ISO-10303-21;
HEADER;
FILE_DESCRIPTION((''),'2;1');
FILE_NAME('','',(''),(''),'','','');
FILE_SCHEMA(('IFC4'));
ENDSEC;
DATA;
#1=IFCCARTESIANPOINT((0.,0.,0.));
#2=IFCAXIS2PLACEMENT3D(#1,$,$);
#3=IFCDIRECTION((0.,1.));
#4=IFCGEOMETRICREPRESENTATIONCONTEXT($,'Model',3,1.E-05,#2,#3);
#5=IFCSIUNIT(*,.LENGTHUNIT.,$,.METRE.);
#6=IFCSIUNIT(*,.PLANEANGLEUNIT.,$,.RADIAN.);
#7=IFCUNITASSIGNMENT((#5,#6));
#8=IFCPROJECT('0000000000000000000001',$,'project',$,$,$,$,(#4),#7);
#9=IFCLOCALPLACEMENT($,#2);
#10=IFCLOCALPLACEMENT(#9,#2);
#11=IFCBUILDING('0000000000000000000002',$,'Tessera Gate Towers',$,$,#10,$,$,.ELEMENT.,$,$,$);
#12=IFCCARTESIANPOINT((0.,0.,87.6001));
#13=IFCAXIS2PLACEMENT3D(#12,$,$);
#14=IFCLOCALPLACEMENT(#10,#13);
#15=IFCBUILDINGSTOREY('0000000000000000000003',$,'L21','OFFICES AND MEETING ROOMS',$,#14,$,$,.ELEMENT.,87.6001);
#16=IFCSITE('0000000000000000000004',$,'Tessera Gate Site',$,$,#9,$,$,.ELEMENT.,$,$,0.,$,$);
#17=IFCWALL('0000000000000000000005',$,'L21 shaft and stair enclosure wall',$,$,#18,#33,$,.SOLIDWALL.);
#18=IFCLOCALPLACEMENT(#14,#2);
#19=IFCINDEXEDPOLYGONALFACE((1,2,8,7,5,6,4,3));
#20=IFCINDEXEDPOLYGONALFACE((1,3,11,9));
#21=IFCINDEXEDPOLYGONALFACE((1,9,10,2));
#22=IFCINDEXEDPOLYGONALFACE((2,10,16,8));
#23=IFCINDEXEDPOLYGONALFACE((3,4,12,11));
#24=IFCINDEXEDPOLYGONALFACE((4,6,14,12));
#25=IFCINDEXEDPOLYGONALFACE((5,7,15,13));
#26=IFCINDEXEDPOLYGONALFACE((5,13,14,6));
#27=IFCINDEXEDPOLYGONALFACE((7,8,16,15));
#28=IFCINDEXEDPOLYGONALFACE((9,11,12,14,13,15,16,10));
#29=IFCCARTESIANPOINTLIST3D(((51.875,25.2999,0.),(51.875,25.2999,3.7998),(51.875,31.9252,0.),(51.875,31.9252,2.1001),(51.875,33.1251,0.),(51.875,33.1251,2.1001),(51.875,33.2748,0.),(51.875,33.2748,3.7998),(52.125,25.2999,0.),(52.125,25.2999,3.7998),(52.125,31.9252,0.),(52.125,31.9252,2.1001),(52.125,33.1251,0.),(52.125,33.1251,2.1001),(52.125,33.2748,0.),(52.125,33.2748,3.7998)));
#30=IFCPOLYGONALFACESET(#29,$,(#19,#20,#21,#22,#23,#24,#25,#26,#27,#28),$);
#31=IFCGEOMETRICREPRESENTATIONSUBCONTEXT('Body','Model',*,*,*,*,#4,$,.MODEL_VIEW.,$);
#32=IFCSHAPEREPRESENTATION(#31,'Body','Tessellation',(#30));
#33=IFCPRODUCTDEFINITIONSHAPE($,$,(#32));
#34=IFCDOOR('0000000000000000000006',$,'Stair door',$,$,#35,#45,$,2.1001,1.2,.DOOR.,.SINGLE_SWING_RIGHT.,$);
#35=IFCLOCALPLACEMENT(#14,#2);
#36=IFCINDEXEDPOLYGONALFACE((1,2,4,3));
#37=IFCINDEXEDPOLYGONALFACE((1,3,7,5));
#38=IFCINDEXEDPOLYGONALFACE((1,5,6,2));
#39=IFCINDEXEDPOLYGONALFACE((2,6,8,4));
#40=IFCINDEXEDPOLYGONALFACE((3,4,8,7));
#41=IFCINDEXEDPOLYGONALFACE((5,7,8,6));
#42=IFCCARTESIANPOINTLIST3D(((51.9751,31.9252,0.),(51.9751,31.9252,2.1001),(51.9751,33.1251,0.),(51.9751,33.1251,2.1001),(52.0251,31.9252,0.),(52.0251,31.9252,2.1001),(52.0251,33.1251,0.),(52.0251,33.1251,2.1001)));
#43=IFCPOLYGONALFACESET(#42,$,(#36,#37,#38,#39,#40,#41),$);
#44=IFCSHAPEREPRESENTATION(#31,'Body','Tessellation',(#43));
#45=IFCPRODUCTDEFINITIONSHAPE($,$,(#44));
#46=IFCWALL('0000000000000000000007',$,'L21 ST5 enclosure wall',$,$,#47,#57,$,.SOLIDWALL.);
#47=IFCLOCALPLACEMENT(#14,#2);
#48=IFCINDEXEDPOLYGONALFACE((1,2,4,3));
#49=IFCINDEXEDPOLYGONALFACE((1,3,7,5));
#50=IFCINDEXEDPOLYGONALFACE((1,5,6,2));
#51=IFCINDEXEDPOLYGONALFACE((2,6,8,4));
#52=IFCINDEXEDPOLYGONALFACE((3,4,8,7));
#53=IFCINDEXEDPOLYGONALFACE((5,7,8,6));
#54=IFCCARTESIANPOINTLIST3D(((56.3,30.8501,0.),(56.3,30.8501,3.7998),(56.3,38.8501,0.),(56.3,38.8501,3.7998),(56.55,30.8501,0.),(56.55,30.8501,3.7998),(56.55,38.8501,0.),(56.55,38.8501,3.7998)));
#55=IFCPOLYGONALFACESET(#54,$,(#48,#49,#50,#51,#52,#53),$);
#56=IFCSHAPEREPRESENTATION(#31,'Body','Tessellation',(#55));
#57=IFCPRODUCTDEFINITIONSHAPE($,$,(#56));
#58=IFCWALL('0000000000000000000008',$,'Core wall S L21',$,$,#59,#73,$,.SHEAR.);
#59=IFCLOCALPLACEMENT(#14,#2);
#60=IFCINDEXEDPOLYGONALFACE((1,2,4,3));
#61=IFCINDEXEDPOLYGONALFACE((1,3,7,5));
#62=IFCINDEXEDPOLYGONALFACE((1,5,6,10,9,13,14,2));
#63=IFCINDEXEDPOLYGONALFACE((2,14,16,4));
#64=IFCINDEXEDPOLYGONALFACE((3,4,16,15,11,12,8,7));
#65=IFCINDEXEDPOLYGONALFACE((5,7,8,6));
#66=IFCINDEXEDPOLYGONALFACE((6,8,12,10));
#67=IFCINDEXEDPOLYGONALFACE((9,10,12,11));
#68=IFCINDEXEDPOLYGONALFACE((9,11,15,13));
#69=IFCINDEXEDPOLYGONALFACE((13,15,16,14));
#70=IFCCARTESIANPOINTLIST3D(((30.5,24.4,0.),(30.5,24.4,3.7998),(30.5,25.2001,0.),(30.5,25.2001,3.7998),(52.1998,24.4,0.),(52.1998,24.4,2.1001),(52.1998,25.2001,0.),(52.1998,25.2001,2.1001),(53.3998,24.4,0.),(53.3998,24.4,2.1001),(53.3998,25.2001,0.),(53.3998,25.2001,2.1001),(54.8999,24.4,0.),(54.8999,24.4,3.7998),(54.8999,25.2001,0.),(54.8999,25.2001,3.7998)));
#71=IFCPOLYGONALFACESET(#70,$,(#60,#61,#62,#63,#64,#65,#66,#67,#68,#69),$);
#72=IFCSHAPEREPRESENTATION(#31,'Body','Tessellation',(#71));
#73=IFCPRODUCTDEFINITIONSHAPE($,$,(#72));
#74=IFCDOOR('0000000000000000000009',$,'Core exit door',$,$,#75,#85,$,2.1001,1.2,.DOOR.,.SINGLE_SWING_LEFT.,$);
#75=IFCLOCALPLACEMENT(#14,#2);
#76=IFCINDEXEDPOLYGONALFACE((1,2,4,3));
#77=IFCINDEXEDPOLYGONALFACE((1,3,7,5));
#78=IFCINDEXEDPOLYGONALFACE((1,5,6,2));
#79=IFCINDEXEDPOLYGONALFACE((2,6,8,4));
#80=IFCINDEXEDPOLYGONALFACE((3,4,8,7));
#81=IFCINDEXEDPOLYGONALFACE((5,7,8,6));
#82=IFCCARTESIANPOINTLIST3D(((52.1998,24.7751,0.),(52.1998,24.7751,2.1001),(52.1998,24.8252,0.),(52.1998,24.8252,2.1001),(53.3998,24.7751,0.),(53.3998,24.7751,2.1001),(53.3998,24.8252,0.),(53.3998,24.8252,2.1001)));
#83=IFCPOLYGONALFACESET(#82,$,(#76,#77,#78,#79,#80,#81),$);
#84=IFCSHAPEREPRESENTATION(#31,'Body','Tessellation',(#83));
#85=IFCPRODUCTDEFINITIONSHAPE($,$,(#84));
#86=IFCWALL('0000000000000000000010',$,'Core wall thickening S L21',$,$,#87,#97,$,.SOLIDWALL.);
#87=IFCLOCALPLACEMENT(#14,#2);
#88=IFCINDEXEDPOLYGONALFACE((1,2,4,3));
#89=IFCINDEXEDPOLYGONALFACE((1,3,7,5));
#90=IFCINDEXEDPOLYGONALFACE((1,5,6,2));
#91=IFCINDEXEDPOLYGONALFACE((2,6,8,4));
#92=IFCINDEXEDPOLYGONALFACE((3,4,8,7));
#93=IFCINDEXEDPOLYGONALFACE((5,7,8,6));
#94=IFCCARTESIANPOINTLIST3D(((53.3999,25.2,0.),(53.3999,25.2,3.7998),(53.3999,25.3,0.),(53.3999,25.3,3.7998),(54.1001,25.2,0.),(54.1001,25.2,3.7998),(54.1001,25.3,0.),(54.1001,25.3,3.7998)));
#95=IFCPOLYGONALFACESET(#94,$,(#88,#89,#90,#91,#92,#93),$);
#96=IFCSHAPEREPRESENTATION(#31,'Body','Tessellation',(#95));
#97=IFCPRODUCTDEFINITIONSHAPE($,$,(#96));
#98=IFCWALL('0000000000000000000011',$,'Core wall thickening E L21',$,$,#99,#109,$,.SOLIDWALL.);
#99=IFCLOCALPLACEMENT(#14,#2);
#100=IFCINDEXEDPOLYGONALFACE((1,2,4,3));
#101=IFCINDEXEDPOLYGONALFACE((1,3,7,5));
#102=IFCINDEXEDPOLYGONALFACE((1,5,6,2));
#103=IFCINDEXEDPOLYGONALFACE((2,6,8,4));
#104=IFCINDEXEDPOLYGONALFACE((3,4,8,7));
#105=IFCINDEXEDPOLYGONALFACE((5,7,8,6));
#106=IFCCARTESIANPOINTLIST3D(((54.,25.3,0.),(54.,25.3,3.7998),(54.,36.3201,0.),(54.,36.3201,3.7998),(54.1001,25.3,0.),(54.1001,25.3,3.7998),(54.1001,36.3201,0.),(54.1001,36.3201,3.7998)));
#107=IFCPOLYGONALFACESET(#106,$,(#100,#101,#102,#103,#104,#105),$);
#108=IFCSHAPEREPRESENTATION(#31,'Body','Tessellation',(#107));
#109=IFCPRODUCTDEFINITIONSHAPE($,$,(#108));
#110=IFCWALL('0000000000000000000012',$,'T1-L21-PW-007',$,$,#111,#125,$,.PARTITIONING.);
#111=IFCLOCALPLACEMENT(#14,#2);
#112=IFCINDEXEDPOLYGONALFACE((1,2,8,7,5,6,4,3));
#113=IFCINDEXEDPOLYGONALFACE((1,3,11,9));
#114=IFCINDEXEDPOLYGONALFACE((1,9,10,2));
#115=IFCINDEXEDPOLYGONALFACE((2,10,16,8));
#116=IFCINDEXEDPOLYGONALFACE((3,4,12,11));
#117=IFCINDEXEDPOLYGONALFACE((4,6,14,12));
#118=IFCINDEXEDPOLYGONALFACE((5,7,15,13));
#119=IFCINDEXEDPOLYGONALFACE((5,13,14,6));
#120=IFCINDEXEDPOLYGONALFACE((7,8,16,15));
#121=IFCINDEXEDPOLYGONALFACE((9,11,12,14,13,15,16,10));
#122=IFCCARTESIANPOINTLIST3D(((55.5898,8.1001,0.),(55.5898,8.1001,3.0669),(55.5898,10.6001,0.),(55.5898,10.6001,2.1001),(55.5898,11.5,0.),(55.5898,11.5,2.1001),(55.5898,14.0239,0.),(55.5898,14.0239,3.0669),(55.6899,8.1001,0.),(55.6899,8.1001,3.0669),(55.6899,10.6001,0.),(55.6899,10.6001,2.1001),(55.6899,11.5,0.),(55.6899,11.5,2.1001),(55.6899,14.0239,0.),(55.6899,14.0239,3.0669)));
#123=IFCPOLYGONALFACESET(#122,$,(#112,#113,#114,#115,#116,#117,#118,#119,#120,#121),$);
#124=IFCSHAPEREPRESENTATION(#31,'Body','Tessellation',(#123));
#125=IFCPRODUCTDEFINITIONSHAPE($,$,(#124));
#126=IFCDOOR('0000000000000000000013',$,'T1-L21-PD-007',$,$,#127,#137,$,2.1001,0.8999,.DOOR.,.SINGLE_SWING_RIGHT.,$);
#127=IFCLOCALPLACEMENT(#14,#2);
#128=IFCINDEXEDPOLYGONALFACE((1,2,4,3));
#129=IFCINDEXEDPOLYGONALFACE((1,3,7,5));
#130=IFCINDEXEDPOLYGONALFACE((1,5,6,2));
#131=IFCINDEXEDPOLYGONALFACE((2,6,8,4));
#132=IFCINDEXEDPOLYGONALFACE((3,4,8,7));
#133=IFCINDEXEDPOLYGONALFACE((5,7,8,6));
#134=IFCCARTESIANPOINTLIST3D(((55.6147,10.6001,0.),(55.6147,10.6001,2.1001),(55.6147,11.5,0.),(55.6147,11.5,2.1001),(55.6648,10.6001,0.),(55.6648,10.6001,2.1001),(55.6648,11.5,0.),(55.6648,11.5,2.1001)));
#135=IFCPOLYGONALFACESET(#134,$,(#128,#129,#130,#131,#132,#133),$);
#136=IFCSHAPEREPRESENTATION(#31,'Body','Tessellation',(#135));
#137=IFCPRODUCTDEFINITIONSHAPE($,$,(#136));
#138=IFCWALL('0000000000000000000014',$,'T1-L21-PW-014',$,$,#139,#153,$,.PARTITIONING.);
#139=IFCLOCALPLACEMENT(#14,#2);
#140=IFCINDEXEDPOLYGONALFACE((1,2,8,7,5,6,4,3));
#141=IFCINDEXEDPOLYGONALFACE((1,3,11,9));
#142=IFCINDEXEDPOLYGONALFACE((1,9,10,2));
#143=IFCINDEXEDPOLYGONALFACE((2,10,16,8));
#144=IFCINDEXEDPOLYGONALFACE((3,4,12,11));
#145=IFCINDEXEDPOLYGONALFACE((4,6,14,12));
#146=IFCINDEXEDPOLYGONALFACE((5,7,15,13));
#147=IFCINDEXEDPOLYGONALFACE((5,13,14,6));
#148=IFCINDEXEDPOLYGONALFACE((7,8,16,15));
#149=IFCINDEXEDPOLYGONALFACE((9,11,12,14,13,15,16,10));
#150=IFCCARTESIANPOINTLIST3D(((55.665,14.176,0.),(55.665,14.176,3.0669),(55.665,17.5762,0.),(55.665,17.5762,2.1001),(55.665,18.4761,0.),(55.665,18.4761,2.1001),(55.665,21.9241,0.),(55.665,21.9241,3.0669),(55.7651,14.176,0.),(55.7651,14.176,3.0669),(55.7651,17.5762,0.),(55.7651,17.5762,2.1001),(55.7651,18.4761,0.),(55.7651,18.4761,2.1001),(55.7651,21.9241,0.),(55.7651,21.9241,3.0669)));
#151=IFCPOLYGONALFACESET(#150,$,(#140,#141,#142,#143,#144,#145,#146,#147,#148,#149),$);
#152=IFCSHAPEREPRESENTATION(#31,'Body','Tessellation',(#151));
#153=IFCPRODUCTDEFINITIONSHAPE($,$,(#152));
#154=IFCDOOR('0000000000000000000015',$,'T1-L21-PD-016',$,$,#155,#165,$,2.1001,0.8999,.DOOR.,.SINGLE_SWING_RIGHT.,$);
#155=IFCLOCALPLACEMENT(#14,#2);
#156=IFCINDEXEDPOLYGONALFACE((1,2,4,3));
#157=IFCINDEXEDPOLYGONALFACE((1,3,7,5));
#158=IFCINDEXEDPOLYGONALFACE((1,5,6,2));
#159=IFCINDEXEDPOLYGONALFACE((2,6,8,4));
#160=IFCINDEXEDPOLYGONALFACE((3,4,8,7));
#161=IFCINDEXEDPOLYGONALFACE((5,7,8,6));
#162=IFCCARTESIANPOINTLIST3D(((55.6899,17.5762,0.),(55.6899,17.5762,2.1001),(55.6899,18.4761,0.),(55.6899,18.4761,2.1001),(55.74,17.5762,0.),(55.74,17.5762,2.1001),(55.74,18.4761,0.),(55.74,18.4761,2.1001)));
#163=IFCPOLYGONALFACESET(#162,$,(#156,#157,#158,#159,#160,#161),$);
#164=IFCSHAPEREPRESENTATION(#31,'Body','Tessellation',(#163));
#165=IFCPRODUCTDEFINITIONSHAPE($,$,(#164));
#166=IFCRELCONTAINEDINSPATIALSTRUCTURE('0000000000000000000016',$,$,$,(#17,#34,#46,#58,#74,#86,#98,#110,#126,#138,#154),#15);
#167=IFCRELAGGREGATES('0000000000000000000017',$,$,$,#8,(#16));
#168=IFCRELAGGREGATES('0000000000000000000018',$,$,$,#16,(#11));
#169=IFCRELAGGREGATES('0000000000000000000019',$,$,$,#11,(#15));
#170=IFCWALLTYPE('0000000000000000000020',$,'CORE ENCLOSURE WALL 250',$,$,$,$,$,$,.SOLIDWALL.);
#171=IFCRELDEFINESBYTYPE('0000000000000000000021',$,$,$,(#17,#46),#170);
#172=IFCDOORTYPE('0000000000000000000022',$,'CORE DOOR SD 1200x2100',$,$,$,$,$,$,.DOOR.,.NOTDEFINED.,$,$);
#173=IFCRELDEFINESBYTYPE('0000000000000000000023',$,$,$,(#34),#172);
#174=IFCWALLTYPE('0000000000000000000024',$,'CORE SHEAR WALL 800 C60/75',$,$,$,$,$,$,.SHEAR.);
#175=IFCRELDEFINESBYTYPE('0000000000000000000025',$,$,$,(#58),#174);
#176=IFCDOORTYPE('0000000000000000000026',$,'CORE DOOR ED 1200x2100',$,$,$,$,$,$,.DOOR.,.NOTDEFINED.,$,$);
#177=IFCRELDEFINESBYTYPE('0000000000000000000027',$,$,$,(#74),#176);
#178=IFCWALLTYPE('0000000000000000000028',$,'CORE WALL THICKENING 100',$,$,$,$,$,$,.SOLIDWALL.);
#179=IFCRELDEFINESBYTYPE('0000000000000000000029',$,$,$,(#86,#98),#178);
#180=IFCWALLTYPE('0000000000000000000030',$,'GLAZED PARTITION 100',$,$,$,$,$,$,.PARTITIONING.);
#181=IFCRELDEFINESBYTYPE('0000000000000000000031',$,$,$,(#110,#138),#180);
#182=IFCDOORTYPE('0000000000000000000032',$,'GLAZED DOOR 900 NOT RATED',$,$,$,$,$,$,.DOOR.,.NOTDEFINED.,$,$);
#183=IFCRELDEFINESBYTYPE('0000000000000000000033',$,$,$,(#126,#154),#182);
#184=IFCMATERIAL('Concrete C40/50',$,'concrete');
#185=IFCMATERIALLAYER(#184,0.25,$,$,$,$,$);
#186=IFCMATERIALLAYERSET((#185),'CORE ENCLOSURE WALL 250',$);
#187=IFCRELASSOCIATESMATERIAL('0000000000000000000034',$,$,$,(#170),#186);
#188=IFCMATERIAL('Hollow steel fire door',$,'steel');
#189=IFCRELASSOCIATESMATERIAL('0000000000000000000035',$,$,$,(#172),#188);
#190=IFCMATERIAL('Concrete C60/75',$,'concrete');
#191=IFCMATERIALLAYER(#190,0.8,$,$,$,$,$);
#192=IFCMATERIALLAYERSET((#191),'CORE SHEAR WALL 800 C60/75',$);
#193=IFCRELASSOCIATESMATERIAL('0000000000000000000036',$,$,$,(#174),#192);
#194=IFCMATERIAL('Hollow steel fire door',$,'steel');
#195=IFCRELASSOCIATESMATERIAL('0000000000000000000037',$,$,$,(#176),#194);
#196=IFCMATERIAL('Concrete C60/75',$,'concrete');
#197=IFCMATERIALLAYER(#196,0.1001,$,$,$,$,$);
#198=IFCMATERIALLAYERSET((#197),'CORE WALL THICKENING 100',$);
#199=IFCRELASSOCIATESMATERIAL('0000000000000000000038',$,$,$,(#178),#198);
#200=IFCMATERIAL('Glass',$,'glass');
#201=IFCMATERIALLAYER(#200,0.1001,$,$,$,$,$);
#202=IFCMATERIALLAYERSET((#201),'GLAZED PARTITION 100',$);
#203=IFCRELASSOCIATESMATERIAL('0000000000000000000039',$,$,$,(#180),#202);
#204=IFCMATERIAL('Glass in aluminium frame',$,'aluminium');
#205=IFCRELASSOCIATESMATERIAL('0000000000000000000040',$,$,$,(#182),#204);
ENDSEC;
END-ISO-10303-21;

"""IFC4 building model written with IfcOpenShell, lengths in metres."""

from ifc_helpers import new_model, si_unit, direction, frame, frame_2d, origin, place, context, subcontext, project, spatial, rectangle, extrude, source, transform, mapped, material, layer, layer_set, type_object, element, fill, save


model = new_model("IFC4")

# Units and contexts
model_context = context("Model", 3, precision=1e-05, world=origin(), true_north=direction((0.0, 1.0)))
body_context = subcontext(model_context, "Body", "Model", "MODEL_VIEW")
ifc_project = project(units=[si_unit("LENGTHUNIT", "METRE"), si_unit("PLANEANGLEUNIT", "RADIAN")], contexts=[model_context])

# Site, building, storey
site_placement = place(None, origin())
site = spatial("IfcSite", under=ifc_project, at=site_placement, Name="Tessera Gate Site", CompositionType="ELEMENT", RefElevation=0.0)
building_placement = place(site_placement, origin())
building = spatial("IfcBuilding", under=site, at=building_placement, Name="Tessera Gate Towers", CompositionType="ELEMENT")
storey_placement = place(building_placement, frame((0.0, 0.0, 87.6001)))
storey = spatial("IfcBuildingStorey", under=building, at=storey_placement, Name="L21", Description="OFFICES AND MEETING ROOMS", CompositionType="ELEMENT", Elevation=87.6001)

# Wall, opening, door
ifc_material_1 = material(Name="Concrete C40/50", Category="concrete")
ifc_layer_1 = layer(ifc_material_1, 0.25)
ifc_layer_set_1 = layer_set([ifc_layer_1], Name="CORE ENCLOSURE WALL 250")
wall_type_1 = type_object("IfcWallType", Name="CORE ENCLOSURE WALL 250", PredefinedType="SOLIDWALL", material=ifc_layer_set_1)
wall_1_placement = place(storey_placement, frame((52.0, 25.3, 0.0), z_axis=(0.0, 0.0, 1.0), x_axis=(0.0, 1.0, 0.0)))
wall_1 = element("IfcWall", 1, at=wall_1_placement, inside=storey, type_object=wall_type_1, Name="L21 shaft and stair enclosure wall", PredefinedType="SOLIDWALL", context=body_context, shape_type="SweptSolid", body=[
    extrude(rectangle(XDim=7.9749, YDim=0.25, at=frame_2d((3.9873, 0.0))), origin(), (0.0, 0.0, 1.0), 3.7998),
])
shared_shape_1 = source(origin(), body_context, "Body", "SweptSolid", [
    extrude(rectangle(XDim=1.2, YDim=2.1001, at=frame_2d((0.6001, 1.05))), frame((0.0, 0.135, 0.0), z_axis=(0.0, -1.0, 0.0), x_axis=(1.0, 0.0, 0.0)), (0.0, 0.0, 1.0), 0.27),
])
opening_1_placement = place(wall_1_placement, frame((6.625, 0.0, 0.0)))
opening_1 = element("IfcOpeningElement", 2, at=opening_1_placement, cuts=wall_1, PredefinedType="OPENING", context=body_context, shape_type="MappedRepresentation", body=[
    mapped(shared_shape_1, transform((0.0, 0.0, 0.0), scale=1.0)),
])
ifc_material_2 = material(Name="Hollow steel fire door", Category="steel")
door_type_1 = type_object("IfcDoorType", Name="CORE DOOR SD 1200x2100", OperationType="NOTDEFINED", PredefinedType="DOOR", material=ifc_material_2)
shared_shape_2 = source(origin(), body_context, "Body", "SweptSolid", [
    extrude(rectangle(XDim=1.2, YDim=2.1001, at=frame_2d((0.6001, 1.05))), frame((0.0, 0.0249, 0.0), z_axis=(0.0, -1.0, 0.0), x_axis=(1.0, 0.0, 0.0)), (0.0, 0.0, 1.0), 0.05),
])
door_1_placement = place(opening_1_placement, origin())
door_1 = element("IfcDoor", 3, at=door_1_placement, inside=storey, type_object=door_type_1, Name="Stair door", OperationType="SINGLE_SWING_RIGHT", OverallHeight=2.1001, OverallWidth=1.2, PredefinedType="DOOR", context=body_context, shape_type="MappedRepresentation", body=[
    mapped(shared_shape_2, transform((0.0, 0.0, 0.0), scale=1.0)),
])
fill(opening_1, door_1)

# Wall
wall_2_placement = place(storey_placement, frame((56.425, 30.8501, 0.0), z_axis=(0.0, 0.0, 1.0), x_axis=(0.0, 1.0, 0.0)))
element("IfcWall", 4, at=wall_2_placement, inside=storey, type_object=wall_type_1, Name="L21 ST5 enclosure wall", PredefinedType="SOLIDWALL", context=body_context, shape_type="SweptSolid", body=[
    extrude(rectangle(XDim=8.0, YDim=0.25, at=frame_2d((4.0, 0.0))), origin(), (0.0, 0.0, 1.0), 3.7998),
])

# Wall, opening, door
ifc_material_3 = material(Name="Concrete C60/75", Category="concrete")
ifc_layer_2 = layer(ifc_material_3, 0.8)
ifc_layer_set_2 = layer_set([ifc_layer_2], Name="CORE SHEAR WALL 800 C60/75")
wall_type_2 = type_object("IfcWallType", Name="CORE SHEAR WALL 800 C60/75", PredefinedType="SHEAR", material=ifc_layer_set_2)
wall_3_placement = place(storey_placement, frame((54.8999, 24.8, 0.0), z_axis=(0.0, 0.0, 1.0), x_axis=(-1.0, 0.0, 0.0)))
wall_3 = element("IfcWall", 5, at=wall_3_placement, inside=storey, type_object=wall_type_2, Name="Core wall S L21", PredefinedType="SHEAR", context=body_context, shape_type="SweptSolid", body=[
    extrude(rectangle(XDim=24.3999, YDim=0.8, at=frame_2d((12.2, 0.0))), origin(), (0.0, 0.0, 1.0), 3.7998),
])
shared_shape_3 = source(origin(), body_context, "Body", "SweptSolid", [
    extrude(rectangle(XDim=1.2, YDim=2.1001, at=frame_2d((0.6001, 1.05))), frame((0.0, 0.4099, 0.0), z_axis=(0.0, -1.0, 0.0), x_axis=(1.0, 0.0, 0.0)), (0.0, 0.0, 1.0), 0.8201),
])
opening_2_placement = place(wall_3_placement, frame((1.5, 0.0, 0.0)))
opening_2 = element("IfcOpeningElement", 6, at=opening_2_placement, cuts=wall_3, PredefinedType="OPENING", context=body_context, shape_type="MappedRepresentation", body=[
    mapped(shared_shape_3, transform((0.0, 0.0, 0.0), scale=1.0)),
])
ifc_material_4 = material(Name="Hollow steel fire door", Category="steel")
door_type_2 = type_object("IfcDoorType", Name="CORE DOOR ED 1200x2100", OperationType="NOTDEFINED", PredefinedType="DOOR", material=ifc_material_4)
door_2_placement = place(opening_2_placement, origin())
door_2 = element("IfcDoor", 7, at=door_2_placement, inside=storey, type_object=door_type_2, Name="Core exit door", OperationType="SINGLE_SWING_LEFT", OverallHeight=2.1001, OverallWidth=1.2, PredefinedType="DOOR", context=body_context, shape_type="MappedRepresentation", body=[
    mapped(shared_shape_2, transform((0.0, 0.0, 0.0), scale=1.0)),
])
fill(opening_2, door_2)

# Walls
ifc_material_5 = material(Name="Concrete C60/75", Category="concrete")
ifc_layer_3 = layer(ifc_material_5, 0.1001)
ifc_layer_set_3 = layer_set([ifc_layer_3], Name="CORE WALL THICKENING 100")
wall_type_3 = type_object("IfcWallType", Name="CORE WALL THICKENING 100", PredefinedType="SOLIDWALL", material=ifc_layer_set_3)
wall_4_placement = place(storey_placement, frame((53.3999, 25.25, 0.0), z_axis=(0.0, 0.0, 1.0), x_axis=(1.0, 0.0, 0.0)))
element("IfcWall", 8, at=wall_4_placement, inside=storey, type_object=wall_type_3, Name="Core wall thickening S L21", PredefinedType="SOLIDWALL", context=body_context, shape_type="SweptSolid", body=[
    extrude(rectangle(XDim=0.7002, YDim=0.1001, at=frame_2d((0.3501, 0.0))), origin(), (0.0, 0.0, 1.0), 3.7998),
])
wall_5_placement = place(storey_placement, frame((54.05, 25.3, 0.0), z_axis=(0.0, 0.0, 1.0), x_axis=(0.0, 1.0, 0.0)))
element("IfcWall", 9, at=wall_5_placement, inside=storey, type_object=wall_type_3, Name="Core wall thickening E L21", PredefinedType="SOLIDWALL", context=body_context, shape_type="SweptSolid", body=[
    extrude(rectangle(XDim=11.02, YDim=0.1001, at=frame_2d((5.51, 0.0))), origin(), (0.0, 0.0, 1.0), 3.7998),
])

# Walls, openings, doors
ifc_material_6 = material(Name="Glass", Category="glass")
ifc_layer_4 = layer(ifc_material_6, 0.1001)
ifc_layer_set_4 = layer_set([ifc_layer_4], Name="GLAZED PARTITION 100")
wall_type_4 = type_object("IfcWallType", Name="GLAZED PARTITION 100", PredefinedType="PARTITIONING", material=ifc_layer_set_4)
wall_6_placement = place(storey_placement, frame((55.6399, 14.0239, 0.0), z_axis=(0.0, 0.0, 1.0), x_axis=(0.0, -1.0, 0.0)))
wall_6 = element("IfcWall", 10, at=wall_6_placement, inside=storey, type_object=wall_type_4, Name="T1-L21-PW-007", PredefinedType="PARTITIONING", context=body_context, shape_type="SweptSolid", body=[
    extrude(rectangle(XDim=5.9238, YDim=0.1001, at=frame_2d((2.9619, 0.0))), origin(), (0.0, 0.0, 1.0), 3.0669),
])
shared_shape_4 = source(origin(), body_context, "Body", "SweptSolid", [
    extrude(rectangle(XDim=0.8999, YDim=2.1001, at=frame_2d((0.45, 1.05))), frame((0.0, 0.0601, 0.0), z_axis=(0.0, -1.0, 0.0), x_axis=(1.0, 0.0, 0.0)), (0.0, 0.0, 1.0), 0.1201),
])
opening_3_placement = place(wall_6_placement, frame((2.5239, 0.0, 0.0)))
opening_3 = element("IfcOpeningElement", 11, at=opening_3_placement, cuts=wall_6, PredefinedType="OPENING", context=body_context, shape_type="MappedRepresentation", body=[
    mapped(shared_shape_4, transform((0.0, 0.0, 0.0), scale=1.0)),
])
ifc_material_7 = material(Name="Glass in aluminium frame", Category="aluminium")
door_type_3 = type_object("IfcDoorType", Name="GLAZED DOOR 900 NOT RATED", OperationType="NOTDEFINED", PredefinedType="DOOR", material=ifc_material_7)
shared_shape_5 = source(origin(), body_context, "Body", "SweptSolid", [
    extrude(rectangle(XDim=0.8999, YDim=2.1001, at=frame_2d((0.45, 1.05))), frame((0.0, 0.0249, 0.0), z_axis=(0.0, -1.0, 0.0), x_axis=(1.0, 0.0, 0.0)), (0.0, 0.0, 1.0), 0.05),
])
door_3_placement = place(opening_3_placement, origin())
door_3 = element("IfcDoor", 12, at=door_3_placement, inside=storey, type_object=door_type_3, Name="T1-L21-PD-007", OperationType="SINGLE_SWING_RIGHT", OverallHeight=2.1001, OverallWidth=0.8999, PredefinedType="DOOR", context=body_context, shape_type="MappedRepresentation", body=[
    mapped(shared_shape_5, transform((0.0, 0.0, 0.0), scale=1.0)),
])
fill(opening_3, door_3)
wall_7_placement = place(storey_placement, frame((55.7151, 21.9241, 0.0), z_axis=(0.0, 0.0, 1.0), x_axis=(0.0, -1.0, 0.0)))
wall_7 = element("IfcWall", 13, at=wall_7_placement, inside=storey, type_object=wall_type_4, Name="T1-L21-PW-014", PredefinedType="PARTITIONING", context=body_context, shape_type="SweptSolid", body=[
    extrude(rectangle(XDim=7.748, YDim=0.1001, at=frame_2d((3.874, 0.0))), origin(), (0.0, 0.0, 1.0), 3.0669),
])
opening_4_placement = place(wall_7_placement, frame((3.448, 0.0, 0.0)))
opening_4 = element("IfcOpeningElement", 14, at=opening_4_placement, cuts=wall_7, PredefinedType="OPENING", context=body_context, shape_type="MappedRepresentation", body=[
    mapped(shared_shape_4, transform((0.0, 0.0, 0.0), scale=1.0)),
])
door_4_placement = place(opening_4_placement, origin())
door_4 = element("IfcDoor", 15, at=door_4_placement, inside=storey, type_object=door_type_3, Name="T1-L21-PD-016", OperationType="SINGLE_SWING_RIGHT", OverallHeight=2.1001, OverallWidth=0.8999, PredefinedType="DOOR", context=body_context, shape_type="MappedRepresentation", body=[
    mapped(shared_shape_5, transform((0.0, 0.0, 0.0), scale=1.0)),
])
fill(opening_4, door_4)

save(model, "model.ifc")
